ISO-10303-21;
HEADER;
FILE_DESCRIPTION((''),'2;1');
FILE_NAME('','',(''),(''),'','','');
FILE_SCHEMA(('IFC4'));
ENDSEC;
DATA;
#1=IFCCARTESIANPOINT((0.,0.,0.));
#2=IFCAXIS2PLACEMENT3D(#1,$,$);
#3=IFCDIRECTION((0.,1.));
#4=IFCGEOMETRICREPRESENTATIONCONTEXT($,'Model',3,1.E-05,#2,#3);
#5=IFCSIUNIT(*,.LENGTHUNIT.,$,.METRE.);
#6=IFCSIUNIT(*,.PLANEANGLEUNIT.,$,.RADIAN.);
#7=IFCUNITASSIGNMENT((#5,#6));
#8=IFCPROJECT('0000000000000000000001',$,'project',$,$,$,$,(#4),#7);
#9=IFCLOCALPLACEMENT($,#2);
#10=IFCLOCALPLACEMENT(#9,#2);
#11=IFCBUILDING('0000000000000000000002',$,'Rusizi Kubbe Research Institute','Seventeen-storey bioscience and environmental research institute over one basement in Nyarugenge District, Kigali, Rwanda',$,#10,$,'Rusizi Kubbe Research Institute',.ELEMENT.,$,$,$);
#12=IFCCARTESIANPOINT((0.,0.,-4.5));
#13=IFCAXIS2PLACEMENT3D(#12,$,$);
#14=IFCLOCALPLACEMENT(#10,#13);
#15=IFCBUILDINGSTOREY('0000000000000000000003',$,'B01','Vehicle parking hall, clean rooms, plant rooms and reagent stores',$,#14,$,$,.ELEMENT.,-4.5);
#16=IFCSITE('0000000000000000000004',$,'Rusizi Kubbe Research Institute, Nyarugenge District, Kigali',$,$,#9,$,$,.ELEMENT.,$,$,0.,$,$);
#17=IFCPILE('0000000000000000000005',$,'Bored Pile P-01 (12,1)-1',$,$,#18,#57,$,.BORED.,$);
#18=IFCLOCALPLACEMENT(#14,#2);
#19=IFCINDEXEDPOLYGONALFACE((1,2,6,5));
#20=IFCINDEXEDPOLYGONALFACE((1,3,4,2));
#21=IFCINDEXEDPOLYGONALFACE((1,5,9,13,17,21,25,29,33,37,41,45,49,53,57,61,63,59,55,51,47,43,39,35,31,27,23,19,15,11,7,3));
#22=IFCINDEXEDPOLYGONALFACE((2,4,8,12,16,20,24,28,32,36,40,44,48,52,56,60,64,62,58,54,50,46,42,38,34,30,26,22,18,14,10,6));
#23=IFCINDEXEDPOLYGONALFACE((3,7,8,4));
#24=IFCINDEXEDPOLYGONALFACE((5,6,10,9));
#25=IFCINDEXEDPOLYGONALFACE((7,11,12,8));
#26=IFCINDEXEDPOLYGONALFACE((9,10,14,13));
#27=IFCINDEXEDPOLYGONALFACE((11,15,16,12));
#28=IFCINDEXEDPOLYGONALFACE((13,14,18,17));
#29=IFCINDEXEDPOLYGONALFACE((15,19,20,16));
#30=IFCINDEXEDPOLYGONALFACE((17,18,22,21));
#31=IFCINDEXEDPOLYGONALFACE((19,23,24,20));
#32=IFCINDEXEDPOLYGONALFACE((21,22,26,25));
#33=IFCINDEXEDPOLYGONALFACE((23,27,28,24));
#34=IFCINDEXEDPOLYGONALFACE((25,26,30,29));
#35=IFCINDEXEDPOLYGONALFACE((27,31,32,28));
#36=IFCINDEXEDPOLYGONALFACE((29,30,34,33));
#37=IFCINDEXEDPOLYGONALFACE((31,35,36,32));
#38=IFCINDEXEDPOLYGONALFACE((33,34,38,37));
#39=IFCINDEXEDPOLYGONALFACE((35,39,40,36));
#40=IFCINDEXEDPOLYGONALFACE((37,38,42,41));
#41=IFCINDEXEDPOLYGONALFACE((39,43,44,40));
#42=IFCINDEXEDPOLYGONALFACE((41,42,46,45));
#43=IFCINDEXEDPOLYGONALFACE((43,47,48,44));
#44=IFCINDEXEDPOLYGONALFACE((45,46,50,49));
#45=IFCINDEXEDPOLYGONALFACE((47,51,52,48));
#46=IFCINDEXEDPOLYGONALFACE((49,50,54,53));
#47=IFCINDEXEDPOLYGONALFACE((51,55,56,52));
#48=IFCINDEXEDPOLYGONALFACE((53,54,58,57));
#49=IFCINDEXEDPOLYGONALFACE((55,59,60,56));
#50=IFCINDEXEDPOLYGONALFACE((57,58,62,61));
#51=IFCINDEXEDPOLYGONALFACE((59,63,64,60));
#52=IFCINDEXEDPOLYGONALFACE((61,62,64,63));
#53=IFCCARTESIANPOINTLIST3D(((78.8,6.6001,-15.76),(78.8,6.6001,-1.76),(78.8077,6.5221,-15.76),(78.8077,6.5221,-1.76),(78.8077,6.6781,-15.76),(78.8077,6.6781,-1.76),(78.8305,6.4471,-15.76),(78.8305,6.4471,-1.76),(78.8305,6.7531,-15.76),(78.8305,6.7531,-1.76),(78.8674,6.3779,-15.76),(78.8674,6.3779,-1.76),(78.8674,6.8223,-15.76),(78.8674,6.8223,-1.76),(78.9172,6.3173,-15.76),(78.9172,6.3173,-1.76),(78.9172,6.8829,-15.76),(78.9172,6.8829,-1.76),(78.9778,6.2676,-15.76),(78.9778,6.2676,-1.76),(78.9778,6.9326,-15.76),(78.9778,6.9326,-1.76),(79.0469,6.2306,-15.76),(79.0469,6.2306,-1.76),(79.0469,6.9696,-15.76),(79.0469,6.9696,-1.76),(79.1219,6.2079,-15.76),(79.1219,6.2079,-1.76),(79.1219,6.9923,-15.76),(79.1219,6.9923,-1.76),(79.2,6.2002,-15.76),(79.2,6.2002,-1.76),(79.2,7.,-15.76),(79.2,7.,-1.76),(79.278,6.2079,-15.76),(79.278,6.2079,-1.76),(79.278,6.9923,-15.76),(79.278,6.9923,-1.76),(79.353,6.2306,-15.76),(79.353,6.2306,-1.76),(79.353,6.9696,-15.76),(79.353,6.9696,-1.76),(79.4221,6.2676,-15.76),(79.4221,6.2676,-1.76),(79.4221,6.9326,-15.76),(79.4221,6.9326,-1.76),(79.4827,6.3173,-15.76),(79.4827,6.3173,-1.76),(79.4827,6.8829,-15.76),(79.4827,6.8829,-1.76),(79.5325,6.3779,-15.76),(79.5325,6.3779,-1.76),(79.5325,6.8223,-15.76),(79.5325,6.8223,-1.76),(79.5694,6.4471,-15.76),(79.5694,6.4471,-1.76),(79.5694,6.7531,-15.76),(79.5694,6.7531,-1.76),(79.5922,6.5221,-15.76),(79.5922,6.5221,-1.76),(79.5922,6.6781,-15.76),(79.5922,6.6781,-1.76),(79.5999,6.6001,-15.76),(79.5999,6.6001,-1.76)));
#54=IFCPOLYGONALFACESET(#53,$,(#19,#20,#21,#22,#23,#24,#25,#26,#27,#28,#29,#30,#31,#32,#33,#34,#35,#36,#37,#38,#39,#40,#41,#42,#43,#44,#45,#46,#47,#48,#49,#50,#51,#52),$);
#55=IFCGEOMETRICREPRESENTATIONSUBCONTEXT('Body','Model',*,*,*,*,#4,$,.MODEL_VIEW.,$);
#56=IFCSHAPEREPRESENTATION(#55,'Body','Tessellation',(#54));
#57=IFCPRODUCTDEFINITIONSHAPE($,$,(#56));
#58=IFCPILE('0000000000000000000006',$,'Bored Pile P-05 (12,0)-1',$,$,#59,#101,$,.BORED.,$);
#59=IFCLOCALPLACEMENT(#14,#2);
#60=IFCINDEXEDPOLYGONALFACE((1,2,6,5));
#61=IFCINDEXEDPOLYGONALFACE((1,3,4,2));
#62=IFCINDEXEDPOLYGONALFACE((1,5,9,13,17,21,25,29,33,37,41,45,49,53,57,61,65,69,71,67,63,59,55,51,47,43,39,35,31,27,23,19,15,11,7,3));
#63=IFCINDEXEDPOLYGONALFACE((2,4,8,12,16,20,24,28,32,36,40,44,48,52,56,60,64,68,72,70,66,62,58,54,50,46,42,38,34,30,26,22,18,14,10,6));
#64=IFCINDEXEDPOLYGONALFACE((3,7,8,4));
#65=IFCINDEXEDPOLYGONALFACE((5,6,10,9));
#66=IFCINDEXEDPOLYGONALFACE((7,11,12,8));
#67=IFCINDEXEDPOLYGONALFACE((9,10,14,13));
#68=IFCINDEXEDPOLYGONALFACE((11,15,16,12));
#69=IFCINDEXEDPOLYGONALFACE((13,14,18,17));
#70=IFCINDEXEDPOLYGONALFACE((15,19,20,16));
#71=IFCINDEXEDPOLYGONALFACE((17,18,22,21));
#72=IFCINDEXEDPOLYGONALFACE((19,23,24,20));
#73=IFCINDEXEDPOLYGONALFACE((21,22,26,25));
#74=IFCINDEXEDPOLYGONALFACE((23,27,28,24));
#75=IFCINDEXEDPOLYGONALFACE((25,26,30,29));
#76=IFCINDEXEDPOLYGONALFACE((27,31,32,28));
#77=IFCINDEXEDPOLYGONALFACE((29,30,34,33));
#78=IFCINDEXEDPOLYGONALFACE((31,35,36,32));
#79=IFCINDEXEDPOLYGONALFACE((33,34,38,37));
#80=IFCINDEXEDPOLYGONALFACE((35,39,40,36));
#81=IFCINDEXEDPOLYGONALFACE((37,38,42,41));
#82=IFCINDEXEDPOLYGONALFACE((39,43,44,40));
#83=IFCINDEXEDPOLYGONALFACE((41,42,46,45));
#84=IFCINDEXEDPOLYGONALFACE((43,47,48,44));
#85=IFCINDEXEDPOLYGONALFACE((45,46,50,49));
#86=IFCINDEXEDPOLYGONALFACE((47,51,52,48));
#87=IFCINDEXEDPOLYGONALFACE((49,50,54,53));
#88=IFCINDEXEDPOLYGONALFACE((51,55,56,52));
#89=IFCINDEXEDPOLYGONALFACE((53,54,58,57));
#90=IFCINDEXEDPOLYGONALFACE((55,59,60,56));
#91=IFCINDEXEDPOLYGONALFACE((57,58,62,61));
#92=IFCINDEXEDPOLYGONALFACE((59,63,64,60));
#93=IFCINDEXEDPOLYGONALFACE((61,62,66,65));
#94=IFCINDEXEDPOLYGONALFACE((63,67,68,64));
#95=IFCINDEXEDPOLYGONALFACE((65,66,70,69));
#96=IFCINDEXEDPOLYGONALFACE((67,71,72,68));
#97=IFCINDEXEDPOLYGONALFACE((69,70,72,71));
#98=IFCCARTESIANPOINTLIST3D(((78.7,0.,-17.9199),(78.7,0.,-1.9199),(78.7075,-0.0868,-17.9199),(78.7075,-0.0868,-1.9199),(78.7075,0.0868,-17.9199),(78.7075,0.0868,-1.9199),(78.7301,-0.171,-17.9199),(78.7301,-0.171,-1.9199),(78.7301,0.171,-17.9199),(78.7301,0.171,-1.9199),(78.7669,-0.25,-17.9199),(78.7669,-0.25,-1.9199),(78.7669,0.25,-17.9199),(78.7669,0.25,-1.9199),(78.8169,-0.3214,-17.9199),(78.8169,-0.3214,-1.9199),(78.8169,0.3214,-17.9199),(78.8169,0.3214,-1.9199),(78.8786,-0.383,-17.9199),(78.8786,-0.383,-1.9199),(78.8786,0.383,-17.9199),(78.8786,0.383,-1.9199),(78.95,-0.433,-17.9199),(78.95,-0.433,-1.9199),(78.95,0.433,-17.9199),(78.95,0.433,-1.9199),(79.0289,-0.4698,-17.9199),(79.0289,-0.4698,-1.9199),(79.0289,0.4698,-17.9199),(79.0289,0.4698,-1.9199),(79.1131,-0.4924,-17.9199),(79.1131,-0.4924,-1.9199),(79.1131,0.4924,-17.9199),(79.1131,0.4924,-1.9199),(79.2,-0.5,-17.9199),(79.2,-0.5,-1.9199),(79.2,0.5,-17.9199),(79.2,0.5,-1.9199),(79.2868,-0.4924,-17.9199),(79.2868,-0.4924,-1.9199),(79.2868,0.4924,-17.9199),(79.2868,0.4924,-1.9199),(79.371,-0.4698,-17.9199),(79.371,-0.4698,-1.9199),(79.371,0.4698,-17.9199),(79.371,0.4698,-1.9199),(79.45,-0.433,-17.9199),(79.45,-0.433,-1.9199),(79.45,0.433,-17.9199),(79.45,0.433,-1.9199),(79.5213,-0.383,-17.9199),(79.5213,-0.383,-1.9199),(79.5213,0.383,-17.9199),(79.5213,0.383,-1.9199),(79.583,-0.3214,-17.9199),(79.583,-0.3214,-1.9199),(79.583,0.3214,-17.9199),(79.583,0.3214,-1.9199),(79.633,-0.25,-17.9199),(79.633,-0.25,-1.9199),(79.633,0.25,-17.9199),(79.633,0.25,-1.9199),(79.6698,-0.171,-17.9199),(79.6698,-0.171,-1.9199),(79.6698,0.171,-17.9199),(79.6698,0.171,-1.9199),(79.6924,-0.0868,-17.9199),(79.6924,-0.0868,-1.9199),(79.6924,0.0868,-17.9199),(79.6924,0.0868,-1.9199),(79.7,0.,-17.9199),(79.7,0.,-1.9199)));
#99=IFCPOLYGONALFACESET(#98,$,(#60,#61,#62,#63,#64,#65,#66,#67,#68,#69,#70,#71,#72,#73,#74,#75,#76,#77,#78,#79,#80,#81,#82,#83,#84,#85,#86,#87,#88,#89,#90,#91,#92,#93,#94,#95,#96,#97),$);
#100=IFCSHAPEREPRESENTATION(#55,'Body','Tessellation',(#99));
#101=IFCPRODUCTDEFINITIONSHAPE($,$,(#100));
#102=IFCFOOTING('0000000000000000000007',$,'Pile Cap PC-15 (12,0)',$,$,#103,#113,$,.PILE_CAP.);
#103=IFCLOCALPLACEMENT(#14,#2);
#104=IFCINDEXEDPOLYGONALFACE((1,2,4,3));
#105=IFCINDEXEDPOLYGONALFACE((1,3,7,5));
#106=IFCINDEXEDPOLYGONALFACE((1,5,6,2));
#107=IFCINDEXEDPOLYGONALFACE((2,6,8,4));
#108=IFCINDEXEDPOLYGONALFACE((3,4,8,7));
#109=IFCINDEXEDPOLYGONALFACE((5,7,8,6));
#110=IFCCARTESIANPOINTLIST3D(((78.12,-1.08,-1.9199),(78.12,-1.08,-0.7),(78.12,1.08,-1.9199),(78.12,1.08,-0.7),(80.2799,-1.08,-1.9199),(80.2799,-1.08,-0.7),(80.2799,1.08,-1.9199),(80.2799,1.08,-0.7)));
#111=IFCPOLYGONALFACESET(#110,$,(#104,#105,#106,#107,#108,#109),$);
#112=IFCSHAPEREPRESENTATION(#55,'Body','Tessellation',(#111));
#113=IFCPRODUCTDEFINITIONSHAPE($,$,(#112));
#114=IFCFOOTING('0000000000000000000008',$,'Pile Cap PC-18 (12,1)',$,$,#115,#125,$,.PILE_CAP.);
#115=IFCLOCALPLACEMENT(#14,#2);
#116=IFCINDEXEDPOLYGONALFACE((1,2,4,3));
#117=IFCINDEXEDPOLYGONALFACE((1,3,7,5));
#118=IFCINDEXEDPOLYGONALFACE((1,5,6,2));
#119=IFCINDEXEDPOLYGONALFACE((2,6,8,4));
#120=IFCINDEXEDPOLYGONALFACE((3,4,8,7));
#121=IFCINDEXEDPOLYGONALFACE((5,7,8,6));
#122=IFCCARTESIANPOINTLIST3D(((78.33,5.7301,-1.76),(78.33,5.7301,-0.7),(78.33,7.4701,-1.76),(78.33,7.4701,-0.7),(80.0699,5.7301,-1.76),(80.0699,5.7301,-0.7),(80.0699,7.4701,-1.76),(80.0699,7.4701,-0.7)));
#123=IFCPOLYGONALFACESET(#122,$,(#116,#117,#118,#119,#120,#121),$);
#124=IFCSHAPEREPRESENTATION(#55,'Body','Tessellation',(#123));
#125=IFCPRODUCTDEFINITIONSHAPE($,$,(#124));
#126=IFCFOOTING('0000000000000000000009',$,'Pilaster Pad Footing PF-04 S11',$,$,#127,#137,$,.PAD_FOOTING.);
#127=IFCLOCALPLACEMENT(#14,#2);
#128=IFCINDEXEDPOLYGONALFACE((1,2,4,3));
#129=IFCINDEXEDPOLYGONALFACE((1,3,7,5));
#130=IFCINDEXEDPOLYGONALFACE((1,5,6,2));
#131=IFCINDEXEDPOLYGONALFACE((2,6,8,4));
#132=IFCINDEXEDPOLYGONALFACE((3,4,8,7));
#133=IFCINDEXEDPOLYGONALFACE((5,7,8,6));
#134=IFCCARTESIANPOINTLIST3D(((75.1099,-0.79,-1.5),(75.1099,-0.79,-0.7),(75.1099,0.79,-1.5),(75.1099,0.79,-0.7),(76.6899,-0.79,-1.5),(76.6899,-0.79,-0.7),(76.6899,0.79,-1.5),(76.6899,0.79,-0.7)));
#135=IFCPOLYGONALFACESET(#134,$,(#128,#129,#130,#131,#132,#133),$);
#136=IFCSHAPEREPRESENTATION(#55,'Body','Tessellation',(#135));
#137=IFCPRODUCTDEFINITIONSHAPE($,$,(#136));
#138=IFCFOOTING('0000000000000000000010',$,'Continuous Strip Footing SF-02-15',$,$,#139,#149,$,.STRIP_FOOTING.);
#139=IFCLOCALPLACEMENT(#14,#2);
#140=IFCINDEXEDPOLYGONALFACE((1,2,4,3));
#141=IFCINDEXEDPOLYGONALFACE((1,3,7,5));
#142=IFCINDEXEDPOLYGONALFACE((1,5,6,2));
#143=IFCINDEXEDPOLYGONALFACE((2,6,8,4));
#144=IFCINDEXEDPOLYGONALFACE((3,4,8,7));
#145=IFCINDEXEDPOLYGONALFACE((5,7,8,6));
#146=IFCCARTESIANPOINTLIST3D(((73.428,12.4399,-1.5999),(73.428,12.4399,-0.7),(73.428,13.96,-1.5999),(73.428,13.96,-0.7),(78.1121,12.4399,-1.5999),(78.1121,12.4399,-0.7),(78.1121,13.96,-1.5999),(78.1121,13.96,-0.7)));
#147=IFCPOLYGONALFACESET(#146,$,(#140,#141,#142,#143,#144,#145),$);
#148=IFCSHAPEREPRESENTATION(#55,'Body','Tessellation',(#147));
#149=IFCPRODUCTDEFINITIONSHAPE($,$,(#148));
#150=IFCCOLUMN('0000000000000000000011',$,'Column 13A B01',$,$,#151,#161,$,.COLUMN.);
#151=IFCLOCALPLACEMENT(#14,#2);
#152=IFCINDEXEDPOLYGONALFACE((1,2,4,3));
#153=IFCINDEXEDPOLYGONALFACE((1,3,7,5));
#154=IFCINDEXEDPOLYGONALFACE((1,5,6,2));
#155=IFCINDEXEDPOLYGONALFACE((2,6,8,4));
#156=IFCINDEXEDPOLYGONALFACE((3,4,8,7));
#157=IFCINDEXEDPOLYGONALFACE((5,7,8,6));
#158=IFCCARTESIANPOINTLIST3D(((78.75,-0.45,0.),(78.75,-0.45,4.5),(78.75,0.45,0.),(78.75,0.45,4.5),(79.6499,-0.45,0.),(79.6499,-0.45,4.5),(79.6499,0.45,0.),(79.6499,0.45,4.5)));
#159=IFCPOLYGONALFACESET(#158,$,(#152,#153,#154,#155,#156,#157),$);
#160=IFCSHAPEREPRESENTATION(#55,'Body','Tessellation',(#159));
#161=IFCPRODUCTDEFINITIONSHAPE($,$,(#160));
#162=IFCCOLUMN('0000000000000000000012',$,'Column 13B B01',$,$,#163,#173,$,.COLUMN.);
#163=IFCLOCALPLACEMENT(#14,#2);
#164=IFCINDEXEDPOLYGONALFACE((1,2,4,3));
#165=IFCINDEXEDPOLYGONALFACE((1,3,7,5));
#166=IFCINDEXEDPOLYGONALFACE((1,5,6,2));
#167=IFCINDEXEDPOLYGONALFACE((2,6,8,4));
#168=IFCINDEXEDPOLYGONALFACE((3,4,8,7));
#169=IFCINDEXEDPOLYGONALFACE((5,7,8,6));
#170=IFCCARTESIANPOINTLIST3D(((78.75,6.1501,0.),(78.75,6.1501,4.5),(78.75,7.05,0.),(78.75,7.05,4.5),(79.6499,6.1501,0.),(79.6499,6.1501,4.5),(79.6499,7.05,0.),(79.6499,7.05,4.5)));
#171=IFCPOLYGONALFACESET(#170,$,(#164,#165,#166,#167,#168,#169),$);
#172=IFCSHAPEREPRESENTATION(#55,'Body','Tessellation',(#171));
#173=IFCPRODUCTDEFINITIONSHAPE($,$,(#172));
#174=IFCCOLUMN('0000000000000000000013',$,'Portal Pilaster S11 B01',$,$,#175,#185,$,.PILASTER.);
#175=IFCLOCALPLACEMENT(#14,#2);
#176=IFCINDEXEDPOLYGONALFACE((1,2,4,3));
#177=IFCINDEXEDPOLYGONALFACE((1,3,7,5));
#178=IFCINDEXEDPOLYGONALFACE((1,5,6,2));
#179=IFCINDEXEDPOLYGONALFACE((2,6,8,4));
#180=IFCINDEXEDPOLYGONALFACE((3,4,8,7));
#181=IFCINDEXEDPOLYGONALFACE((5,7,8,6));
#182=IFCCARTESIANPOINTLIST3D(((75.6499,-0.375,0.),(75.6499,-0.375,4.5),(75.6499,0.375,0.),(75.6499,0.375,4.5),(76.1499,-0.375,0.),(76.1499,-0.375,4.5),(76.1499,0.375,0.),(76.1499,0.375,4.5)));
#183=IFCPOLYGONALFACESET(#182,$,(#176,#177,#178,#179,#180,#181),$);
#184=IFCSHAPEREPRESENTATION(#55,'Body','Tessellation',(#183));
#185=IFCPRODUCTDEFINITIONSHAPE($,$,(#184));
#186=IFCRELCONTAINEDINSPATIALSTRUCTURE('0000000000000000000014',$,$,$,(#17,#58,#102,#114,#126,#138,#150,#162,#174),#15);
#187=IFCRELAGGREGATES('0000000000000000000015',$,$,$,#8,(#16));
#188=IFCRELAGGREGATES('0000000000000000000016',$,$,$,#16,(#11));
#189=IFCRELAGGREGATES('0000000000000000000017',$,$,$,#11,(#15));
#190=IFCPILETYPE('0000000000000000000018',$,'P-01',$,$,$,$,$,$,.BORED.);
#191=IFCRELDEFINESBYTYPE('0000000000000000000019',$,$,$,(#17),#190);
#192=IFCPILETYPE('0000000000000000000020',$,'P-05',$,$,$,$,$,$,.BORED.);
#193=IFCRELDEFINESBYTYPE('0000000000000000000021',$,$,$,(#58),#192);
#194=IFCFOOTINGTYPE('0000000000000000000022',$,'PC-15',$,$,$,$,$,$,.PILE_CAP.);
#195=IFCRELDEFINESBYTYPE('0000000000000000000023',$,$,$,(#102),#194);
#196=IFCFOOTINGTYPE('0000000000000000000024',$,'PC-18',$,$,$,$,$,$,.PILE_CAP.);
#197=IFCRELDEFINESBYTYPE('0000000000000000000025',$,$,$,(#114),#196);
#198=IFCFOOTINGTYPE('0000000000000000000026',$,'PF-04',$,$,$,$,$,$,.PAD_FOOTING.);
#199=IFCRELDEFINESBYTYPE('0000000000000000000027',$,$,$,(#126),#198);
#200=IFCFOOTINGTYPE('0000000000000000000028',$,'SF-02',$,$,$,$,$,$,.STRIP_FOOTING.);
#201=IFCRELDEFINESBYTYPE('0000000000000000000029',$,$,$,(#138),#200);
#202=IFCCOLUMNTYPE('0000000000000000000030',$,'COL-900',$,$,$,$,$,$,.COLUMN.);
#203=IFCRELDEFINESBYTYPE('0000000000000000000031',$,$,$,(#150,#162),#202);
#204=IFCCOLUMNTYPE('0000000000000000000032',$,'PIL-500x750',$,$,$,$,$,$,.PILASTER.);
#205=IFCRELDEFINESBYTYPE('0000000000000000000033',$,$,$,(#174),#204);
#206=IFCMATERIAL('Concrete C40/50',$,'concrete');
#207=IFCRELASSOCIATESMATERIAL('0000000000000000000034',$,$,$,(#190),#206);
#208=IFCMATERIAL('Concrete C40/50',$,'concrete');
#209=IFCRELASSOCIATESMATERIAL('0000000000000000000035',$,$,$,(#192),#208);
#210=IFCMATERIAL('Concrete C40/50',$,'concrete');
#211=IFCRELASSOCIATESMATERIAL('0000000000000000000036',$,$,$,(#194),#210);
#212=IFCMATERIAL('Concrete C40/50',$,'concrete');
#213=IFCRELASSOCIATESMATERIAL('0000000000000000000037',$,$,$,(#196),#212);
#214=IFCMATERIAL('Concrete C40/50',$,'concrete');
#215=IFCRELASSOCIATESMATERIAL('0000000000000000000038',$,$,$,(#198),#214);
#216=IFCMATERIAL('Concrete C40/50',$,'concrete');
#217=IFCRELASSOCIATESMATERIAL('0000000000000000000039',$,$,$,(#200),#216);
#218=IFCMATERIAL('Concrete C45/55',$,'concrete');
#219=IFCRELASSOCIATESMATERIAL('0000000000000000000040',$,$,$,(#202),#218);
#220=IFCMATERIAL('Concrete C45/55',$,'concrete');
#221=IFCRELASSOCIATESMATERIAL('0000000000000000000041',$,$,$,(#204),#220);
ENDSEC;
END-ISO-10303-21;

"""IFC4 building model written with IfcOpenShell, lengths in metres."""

from ifc_helpers import new_model, si_unit, direction, frame, origin, origin_2d, place, context, subcontext, project, spatial, rectangle, circle, extrude, material, material_profile, profile_set, type_object, element, save


model = new_model("IFC4")

# Units and contexts
model_context = context("Model", 3, precision=1e-05, world=origin(), true_north=direction((0.0, 1.0)))
body_context = subcontext(model_context, "Body", "Model", "MODEL_VIEW")
ifc_project = project(units=[si_unit("LENGTHUNIT", "METRE"), si_unit("PLANEANGLEUNIT", "RADIAN")], contexts=[model_context])

# Site, building, storey
site_placement = place(None, origin())
site = spatial("IfcSite", under=ifc_project, at=site_placement, Name="Rusizi Kubbe Research Institute, Nyarugenge District, Kigali", CompositionType="ELEMENT", RefElevation=0.0)
building_placement = place(site_placement, origin())
building = spatial("IfcBuilding", under=site, at=building_placement, Name="Rusizi Kubbe Research Institute", Description="Seventeen-storey bioscience and environmental research institute over one basement in Nyarugenge District, Kigali, Rwanda", LongName="Rusizi Kubbe Research Institute", CompositionType="ELEMENT")
storey_placement = place(building_placement, frame((0.0, 0.0, -4.5)))
storey = spatial("IfcBuildingStorey", under=building, at=storey_placement, Name="B01", Description="Vehicle parking hall, clean rooms, plant rooms and reagent stores", CompositionType="ELEMENT", Elevation=-4.5)

# Piles
ifc_material_1 = material(Name="Concrete C40/50", Category="concrete")
ifc_material_profile_1 = material_profile(ifc_material_1, circle(Radius=0.3999, at=origin_2d()), Name="PILE-D800")
ifc_profile_set_1 = profile_set([ifc_material_profile_1], Name="Concrete C40/50")
pile_type_1 = type_object("IfcPileType", Name="P-01", PredefinedType="BORED", material=ifc_profile_set_1)
pile_1_placement = place(storey_placement, frame((79.2, 6.6001, -1.76), z_axis=(0.0, 0.0, -1.0), x_axis=(1.0, 0.0, 0.0)))
element("IfcPile", 1, at=pile_1_placement, inside=storey, type_object=pile_type_1, Name="Bored Pile P-01 (12,1)-1", PredefinedType="BORED", context=body_context, shape_type="SweptSolid", body=[
    extrude(circle(Radius=0.3999, at=origin_2d()), origin(), (0.0, 0.0, 1.0), 14.0),
])
ifc_material_2 = material(Name="Concrete C40/50", Category="concrete")
ifc_material_profile_2 = material_profile(ifc_material_2, circle(Radius=0.5, at=origin_2d()), Name="PILE-D1000")
ifc_profile_set_2 = profile_set([ifc_material_profile_2], Name="Concrete C40/50")
pile_type_2 = type_object("IfcPileType", Name="P-05", PredefinedType="BORED", material=ifc_profile_set_2)
pile_2_placement = place(storey_placement, frame((79.2, 0.0, -1.9199), z_axis=(0.0, 0.0, -1.0), x_axis=(1.0, 0.0, 0.0)))
element("IfcPile", 2, at=pile_2_placement, inside=storey, type_object=pile_type_2, Name="Bored Pile P-05 (12,0)-1", PredefinedType="BORED", context=body_context, shape_type="SweptSolid", body=[
    extrude(circle(Radius=0.5, at=origin_2d()), origin(), (0.0, 0.0, 1.0), 16.0),
])

# Footings
ifc_material_3 = material(Name="Concrete C40/50", Category="concrete")
footing_type_1 = type_object("IfcFootingType", Name="PC-15", PredefinedType="PILE_CAP", material=ifc_material_3)
footing_1_placement = place(storey_placement, frame((79.2, 0.0, -1.9199), z_axis=(0.0, 0.0, 1.0), x_axis=(1.0, 0.0, 0.0)))
element("IfcFooting", 3, at=footing_1_placement, inside=storey, type_object=footing_type_1, Name="Pile Cap PC-15 (12,0)", PredefinedType="PILE_CAP", context=body_context, shape_type="SweptSolid", body=[
    extrude(rectangle(XDim=2.1599, YDim=2.1599, at=origin_2d()), origin(), (0.0, 0.0, 1.0), 1.22),
])
ifc_material_4 = material(Name="Concrete C40/50", Category="concrete")
footing_type_2 = type_object("IfcFootingType", Name="PC-18", PredefinedType="PILE_CAP", material=ifc_material_4)
footing_2_placement = place(storey_placement, frame((79.2, 6.6001, -1.76), z_axis=(0.0, 0.0, 1.0), x_axis=(1.0, 0.0, 0.0)))
element("IfcFooting", 4, at=footing_2_placement, inside=storey, type_object=footing_type_2, Name="Pile Cap PC-18 (12,1)", PredefinedType="PILE_CAP", context=body_context, shape_type="SweptSolid", body=[
    extrude(rectangle(XDim=1.74, YDim=1.74, at=origin_2d()), origin(), (0.0, 0.0, 1.0), 1.0601),
])
ifc_material_5 = material(Name="Concrete C40/50", Category="concrete")
footing_type_3 = type_object("IfcFootingType", Name="PF-04", PredefinedType="PAD_FOOTING", material=ifc_material_5)
footing_3_placement = place(storey_placement, frame((75.8999, 0.0, -1.5), z_axis=(0.0, 0.0, 1.0), x_axis=(1.0, 0.0, 0.0)))
element("IfcFooting", 5, at=footing_3_placement, inside=storey, type_object=footing_type_3, Name="Pilaster Pad Footing PF-04 S11", PredefinedType="PAD_FOOTING", context=body_context, shape_type="SweptSolid", body=[
    extrude(rectangle(XDim=1.5801, YDim=1.5801, at=origin_2d()), origin(), (0.0, 0.0, 1.0), 0.8),
])
ifc_material_6 = material(Name="Concrete C40/50", Category="concrete")
footing_type_4 = type_object("IfcFootingType", Name="SF-02", PredefinedType="STRIP_FOOTING", material=ifc_material_6)
footing_4_placement = place(storey_placement, frame((75.77, 13.2, -1.5999), z_axis=(0.0, 0.0, 1.0), x_axis=(1.0, 0.0, 0.0)))
element("IfcFooting", 6, at=footing_4_placement, inside=storey, type_object=footing_type_4, Name="Continuous Strip Footing SF-02-15", PredefinedType="STRIP_FOOTING", context=body_context, shape_type="SweptSolid", body=[
    extrude(rectangle(XDim=4.6841, YDim=1.52, at=origin_2d()), origin(), (0.0, 0.0, 1.0), 0.8999),
])

# Columns
ifc_material_7 = material(Name="Concrete C45/55", Category="concrete")
ifc_material_profile_3 = material_profile(ifc_material_7, rectangle(XDim=0.8999, YDim=0.8999, at=origin_2d()), Name="RC900x900")
ifc_profile_set_3 = profile_set([ifc_material_profile_3], Name="Concrete C45/55")
column_type_1 = type_object("IfcColumnType", Name="COL-900", PredefinedType="COLUMN", material=ifc_profile_set_3)
for number, where, z_axis, x_axis, name in (
    (7, (79.2, 0.0, 0.0), (0.0, 0.0, 1.0), (1.0, 0.0, 0.0), "Column 13A B01"),
    (8, (79.2, 6.6001, 0.0), (0.0, 0.0, 1.0), (1.0, 0.0, 0.0), "Column 13B B01"),
):
    element("IfcColumn", number, at=place(storey_placement, frame(where, z_axis=z_axis, x_axis=x_axis)), inside=storey, type_object=column_type_1, Name=name, PredefinedType="COLUMN", context=body_context, shape_type="SweptSolid", body=[
        extrude(rectangle(XDim=0.8999, YDim=0.8999, at=origin_2d()), origin(), (0.0, 0.0, 1.0), 4.5),
    ])
ifc_material_8 = material(Name="Concrete C45/55", Category="concrete")
ifc_material_profile_4 = material_profile(ifc_material_8, rectangle(XDim=0.5, YDim=0.75, at=origin_2d()), Name="RC500x750")
ifc_profile_set_4 = profile_set([ifc_material_profile_4], Name="Concrete C45/55")
column_type_2 = type_object("IfcColumnType", Name="PIL-500x750", PredefinedType="PILASTER", material=ifc_profile_set_4)
column_placement = place(storey_placement, frame((75.8999, 0.0, 0.0), z_axis=(0.0, 0.0, 1.0), x_axis=(1.0, 0.0, 0.0)))
element("IfcColumn", 9, at=column_placement, inside=storey, type_object=column_type_2, Name="Portal Pilaster S11 B01", PredefinedType="PILASTER", context=body_context, shape_type="SweptSolid", body=[
    extrude(rectangle(XDim=0.5, YDim=0.75, at=origin_2d()), origin(), (0.0, 0.0, 1.0), 4.5),
])

save(model, "model.ifc")
